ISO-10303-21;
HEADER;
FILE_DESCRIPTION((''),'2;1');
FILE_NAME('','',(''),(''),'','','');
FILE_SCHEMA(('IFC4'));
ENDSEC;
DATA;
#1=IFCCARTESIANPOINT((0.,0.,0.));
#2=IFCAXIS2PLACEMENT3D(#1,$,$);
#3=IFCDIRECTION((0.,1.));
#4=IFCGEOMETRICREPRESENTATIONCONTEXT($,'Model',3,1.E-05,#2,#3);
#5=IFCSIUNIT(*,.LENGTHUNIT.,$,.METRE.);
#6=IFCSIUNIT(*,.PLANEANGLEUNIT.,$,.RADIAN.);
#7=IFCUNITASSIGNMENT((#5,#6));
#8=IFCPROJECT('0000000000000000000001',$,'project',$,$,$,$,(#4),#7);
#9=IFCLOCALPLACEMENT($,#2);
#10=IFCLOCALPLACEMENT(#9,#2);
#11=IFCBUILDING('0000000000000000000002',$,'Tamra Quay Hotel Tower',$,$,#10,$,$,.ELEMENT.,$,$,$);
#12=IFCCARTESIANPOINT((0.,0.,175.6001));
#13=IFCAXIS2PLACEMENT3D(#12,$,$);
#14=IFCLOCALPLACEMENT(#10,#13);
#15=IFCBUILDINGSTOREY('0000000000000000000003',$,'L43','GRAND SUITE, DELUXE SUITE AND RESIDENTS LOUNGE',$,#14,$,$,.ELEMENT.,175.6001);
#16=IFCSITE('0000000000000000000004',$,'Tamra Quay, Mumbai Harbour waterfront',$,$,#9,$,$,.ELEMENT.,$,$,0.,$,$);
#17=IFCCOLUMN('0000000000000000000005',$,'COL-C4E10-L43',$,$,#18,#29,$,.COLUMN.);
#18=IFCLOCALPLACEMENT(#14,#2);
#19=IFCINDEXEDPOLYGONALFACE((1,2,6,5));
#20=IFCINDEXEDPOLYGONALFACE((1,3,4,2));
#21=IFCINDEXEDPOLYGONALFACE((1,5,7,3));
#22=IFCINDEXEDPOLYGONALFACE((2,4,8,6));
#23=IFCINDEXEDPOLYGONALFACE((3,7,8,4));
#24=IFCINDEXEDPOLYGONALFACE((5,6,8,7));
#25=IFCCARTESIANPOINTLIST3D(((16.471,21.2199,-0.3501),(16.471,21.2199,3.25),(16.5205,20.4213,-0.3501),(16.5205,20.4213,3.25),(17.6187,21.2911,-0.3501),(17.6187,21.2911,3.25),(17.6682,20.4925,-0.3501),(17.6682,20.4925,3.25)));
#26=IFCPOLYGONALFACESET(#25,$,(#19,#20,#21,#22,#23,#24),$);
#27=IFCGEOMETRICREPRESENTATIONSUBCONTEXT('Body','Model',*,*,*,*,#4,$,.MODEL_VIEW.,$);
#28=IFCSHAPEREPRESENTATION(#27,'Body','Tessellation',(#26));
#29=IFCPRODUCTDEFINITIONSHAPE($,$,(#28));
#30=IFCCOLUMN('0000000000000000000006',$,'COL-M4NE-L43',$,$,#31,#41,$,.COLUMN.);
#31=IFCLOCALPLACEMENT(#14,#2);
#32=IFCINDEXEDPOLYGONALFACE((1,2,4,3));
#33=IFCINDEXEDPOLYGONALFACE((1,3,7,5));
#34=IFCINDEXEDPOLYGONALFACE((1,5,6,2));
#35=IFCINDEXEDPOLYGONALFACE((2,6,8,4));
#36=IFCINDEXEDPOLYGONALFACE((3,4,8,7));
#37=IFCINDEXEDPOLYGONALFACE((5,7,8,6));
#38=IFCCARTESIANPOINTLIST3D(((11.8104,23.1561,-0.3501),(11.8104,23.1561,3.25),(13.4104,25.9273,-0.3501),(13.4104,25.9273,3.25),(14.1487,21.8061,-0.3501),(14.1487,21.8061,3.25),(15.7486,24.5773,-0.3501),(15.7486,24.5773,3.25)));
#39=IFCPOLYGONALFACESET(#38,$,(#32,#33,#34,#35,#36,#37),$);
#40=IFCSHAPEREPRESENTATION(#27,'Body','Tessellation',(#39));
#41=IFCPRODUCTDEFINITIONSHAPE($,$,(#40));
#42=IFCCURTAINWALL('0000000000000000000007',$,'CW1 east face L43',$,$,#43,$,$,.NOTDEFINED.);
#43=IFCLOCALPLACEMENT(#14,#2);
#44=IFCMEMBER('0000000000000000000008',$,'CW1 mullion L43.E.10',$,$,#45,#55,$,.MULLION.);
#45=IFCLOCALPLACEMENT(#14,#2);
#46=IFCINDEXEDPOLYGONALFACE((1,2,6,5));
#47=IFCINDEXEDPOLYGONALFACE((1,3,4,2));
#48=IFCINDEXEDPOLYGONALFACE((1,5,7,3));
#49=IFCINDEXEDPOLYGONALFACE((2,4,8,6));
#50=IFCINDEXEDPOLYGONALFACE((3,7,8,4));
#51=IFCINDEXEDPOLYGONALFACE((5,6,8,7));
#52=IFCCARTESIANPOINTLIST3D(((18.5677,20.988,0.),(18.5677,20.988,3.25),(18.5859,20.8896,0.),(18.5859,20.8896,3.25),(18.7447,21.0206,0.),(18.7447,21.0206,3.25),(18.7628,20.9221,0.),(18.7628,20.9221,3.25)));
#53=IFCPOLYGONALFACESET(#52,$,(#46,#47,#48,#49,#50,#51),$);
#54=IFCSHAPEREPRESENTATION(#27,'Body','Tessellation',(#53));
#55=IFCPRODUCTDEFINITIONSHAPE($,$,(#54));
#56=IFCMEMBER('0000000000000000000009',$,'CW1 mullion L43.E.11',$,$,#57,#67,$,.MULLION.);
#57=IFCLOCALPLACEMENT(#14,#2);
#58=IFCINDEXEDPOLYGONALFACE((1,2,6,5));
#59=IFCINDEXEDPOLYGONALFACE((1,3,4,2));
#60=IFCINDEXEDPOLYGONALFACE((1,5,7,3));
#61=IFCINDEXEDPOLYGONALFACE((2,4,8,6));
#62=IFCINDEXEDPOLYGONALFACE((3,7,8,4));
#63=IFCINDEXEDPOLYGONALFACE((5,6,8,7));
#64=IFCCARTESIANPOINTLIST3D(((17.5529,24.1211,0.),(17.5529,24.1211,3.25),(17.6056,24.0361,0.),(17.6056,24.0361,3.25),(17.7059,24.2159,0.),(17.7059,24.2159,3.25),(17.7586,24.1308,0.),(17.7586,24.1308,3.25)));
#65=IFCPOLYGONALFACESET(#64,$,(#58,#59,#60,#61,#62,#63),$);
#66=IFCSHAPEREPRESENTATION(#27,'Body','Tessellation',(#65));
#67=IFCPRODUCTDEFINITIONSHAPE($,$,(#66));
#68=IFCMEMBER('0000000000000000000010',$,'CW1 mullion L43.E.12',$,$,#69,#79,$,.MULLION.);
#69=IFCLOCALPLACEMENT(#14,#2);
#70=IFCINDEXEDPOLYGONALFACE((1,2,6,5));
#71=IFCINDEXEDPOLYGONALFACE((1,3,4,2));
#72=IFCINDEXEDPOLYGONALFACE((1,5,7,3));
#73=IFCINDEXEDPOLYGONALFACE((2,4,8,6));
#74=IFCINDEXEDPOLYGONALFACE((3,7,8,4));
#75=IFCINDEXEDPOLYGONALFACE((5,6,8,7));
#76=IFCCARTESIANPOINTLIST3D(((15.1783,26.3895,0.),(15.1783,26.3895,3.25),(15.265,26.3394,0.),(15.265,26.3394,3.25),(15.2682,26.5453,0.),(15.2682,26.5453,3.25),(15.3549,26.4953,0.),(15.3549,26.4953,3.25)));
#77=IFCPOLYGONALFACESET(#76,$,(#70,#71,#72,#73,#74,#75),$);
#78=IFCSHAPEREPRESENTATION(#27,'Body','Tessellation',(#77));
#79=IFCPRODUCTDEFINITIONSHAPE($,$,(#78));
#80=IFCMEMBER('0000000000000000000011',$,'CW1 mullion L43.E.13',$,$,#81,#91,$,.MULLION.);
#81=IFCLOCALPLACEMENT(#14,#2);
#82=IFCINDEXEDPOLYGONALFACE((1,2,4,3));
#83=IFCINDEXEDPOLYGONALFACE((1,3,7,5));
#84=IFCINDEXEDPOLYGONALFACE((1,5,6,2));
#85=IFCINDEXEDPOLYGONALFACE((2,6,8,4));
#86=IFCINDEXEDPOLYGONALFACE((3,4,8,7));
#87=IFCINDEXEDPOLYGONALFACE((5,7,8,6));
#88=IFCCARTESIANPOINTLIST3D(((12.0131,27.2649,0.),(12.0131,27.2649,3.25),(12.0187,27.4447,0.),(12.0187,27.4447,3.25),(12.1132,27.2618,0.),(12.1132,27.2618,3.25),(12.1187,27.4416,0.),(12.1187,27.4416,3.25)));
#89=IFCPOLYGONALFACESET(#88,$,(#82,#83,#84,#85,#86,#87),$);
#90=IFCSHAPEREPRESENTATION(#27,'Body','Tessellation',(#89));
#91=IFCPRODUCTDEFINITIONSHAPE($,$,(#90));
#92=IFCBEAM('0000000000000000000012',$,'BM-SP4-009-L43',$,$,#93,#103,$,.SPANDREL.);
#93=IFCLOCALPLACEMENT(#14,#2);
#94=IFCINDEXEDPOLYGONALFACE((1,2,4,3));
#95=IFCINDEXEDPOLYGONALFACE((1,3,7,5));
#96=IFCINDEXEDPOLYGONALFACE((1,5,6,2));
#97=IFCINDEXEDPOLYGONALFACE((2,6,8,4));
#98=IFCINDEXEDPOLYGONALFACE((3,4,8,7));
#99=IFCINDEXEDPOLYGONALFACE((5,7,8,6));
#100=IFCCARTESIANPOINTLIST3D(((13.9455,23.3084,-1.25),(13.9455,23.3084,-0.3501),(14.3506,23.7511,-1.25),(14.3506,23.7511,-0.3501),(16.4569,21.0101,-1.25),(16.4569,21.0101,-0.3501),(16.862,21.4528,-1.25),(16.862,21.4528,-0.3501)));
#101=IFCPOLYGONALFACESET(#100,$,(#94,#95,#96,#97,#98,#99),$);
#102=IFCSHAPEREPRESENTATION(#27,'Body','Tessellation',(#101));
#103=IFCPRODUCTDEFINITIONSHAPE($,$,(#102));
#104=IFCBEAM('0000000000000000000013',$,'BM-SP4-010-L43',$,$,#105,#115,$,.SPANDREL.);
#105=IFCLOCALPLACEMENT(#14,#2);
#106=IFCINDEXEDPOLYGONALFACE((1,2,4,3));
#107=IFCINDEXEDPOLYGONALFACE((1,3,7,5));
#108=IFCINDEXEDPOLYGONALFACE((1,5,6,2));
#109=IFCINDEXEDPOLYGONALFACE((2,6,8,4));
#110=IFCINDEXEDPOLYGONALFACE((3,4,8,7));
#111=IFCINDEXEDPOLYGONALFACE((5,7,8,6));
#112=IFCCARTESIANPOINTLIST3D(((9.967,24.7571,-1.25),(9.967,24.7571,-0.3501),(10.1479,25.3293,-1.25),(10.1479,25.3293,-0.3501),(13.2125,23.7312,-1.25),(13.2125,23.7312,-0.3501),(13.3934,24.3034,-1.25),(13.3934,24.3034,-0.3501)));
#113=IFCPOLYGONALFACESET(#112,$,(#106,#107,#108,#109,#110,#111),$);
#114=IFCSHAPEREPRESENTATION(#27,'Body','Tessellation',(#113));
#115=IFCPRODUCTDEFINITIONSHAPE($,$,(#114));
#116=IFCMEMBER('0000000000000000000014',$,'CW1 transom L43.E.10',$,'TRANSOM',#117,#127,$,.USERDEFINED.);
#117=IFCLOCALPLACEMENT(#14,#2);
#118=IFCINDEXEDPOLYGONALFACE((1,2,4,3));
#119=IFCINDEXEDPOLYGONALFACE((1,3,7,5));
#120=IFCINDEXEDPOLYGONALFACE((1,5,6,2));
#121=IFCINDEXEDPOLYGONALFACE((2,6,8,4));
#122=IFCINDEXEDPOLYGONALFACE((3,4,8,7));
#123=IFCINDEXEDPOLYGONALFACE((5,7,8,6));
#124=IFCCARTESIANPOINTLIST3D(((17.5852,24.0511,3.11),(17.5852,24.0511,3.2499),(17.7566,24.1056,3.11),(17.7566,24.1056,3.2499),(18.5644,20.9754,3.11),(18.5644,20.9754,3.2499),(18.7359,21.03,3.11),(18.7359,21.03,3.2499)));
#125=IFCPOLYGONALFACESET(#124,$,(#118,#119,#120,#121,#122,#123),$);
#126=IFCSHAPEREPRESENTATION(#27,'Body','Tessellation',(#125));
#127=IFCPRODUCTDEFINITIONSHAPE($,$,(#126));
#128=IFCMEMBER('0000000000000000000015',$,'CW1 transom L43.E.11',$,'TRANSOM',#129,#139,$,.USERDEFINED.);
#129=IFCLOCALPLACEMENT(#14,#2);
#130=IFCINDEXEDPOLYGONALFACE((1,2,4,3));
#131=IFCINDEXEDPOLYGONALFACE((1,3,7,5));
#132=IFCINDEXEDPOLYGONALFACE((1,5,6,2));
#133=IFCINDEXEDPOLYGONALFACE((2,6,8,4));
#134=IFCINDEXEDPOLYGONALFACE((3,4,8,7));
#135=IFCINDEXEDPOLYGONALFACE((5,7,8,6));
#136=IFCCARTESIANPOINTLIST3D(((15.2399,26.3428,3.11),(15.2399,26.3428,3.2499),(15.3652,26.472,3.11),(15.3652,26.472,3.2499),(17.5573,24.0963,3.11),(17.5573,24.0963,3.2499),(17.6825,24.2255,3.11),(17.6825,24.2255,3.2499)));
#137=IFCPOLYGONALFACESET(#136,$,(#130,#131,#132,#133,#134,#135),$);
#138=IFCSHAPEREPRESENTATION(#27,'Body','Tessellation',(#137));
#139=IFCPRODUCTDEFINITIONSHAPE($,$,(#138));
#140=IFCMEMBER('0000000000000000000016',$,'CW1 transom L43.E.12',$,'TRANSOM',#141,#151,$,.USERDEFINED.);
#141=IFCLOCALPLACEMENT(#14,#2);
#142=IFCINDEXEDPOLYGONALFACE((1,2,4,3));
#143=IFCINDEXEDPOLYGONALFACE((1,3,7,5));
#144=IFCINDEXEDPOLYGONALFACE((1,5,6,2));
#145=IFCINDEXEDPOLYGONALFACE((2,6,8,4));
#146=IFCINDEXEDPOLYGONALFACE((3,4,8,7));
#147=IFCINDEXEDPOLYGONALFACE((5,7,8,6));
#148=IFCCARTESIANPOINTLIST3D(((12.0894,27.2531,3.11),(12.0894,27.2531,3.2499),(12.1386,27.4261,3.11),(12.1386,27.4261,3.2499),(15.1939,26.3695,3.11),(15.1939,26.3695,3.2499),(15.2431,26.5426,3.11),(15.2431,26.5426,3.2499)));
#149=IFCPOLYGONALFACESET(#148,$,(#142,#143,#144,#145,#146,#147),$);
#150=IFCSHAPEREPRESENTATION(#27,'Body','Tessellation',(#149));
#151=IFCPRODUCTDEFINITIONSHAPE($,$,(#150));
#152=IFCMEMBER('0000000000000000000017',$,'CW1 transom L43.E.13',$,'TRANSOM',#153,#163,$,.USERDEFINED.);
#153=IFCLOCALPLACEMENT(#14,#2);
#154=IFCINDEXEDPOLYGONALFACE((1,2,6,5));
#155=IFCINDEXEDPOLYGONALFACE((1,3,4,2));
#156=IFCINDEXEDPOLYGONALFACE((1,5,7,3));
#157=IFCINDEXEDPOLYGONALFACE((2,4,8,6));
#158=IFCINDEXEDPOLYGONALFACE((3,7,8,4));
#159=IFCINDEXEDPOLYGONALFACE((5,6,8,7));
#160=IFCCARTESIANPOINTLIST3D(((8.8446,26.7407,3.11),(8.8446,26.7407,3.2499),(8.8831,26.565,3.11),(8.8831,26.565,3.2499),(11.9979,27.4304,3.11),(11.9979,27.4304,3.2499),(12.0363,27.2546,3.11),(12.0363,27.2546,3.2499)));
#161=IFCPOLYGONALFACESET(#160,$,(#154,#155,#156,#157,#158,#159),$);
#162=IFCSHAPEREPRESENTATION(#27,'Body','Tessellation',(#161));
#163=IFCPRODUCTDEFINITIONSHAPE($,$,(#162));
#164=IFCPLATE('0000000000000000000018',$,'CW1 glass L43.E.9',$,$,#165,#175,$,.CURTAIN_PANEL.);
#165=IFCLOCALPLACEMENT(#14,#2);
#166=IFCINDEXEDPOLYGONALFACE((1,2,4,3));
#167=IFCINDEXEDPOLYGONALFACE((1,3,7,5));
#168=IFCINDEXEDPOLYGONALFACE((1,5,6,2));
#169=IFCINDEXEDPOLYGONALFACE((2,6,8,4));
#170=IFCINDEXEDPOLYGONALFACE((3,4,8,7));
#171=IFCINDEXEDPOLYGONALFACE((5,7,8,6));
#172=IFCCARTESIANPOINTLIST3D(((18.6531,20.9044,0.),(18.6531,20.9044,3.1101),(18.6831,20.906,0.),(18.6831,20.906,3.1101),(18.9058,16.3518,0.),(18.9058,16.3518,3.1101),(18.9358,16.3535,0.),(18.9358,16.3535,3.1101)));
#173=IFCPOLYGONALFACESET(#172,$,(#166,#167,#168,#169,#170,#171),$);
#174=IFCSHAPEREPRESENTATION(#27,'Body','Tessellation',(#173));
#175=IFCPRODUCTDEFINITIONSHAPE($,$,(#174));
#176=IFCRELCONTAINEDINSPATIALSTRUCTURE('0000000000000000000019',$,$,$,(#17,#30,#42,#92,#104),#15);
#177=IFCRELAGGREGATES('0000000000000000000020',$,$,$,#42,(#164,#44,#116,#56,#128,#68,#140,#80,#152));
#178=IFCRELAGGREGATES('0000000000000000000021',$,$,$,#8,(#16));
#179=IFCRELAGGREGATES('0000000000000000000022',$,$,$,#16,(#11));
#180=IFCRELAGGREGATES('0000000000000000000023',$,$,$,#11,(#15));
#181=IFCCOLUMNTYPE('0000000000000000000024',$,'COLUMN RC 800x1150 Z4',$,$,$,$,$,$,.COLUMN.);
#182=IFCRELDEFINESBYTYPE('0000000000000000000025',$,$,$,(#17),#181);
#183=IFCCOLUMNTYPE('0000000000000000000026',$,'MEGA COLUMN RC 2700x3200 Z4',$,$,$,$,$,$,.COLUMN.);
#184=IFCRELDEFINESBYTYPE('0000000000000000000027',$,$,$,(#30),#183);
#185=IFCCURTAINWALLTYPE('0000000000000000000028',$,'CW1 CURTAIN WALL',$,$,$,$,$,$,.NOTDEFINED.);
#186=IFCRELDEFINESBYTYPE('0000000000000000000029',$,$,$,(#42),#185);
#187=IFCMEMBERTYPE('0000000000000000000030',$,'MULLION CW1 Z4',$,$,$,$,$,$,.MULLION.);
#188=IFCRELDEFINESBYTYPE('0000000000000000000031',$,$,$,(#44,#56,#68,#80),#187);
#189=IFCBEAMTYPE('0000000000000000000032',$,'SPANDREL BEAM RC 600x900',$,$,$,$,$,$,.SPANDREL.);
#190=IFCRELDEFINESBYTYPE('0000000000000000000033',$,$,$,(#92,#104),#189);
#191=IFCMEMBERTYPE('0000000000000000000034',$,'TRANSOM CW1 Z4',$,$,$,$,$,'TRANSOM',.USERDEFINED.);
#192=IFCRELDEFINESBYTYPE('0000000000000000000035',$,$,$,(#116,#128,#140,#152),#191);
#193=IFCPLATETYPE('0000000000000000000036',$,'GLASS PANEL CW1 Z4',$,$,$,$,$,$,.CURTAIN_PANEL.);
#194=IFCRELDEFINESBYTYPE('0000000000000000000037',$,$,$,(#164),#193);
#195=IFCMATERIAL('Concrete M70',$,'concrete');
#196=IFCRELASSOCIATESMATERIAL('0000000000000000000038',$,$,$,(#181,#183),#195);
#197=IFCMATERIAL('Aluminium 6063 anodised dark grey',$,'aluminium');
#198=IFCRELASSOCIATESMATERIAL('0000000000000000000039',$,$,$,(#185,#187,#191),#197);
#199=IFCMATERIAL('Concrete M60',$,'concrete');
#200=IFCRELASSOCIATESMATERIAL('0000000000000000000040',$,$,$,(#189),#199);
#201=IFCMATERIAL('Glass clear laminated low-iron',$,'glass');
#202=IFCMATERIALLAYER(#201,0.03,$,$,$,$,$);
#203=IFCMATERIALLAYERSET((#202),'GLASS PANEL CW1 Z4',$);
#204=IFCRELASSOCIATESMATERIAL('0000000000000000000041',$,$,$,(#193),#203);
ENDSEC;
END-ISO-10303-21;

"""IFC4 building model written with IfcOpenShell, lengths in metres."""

from ifc_helpers import new_model, si_unit, direction, frame, origin, origin_2d, place, context, subcontext, project, spatial, rectangle, extrude, material, layer, layer_set, material_profile, profile_set, type_object, element, aggregate, save


model = new_model("IFC4")

# Units and contexts
model_context = context("Model", 3, precision=1e-05, world=origin(), true_north=direction((0.0, 1.0)))
body_context = subcontext(model_context, "Body", "Model", "MODEL_VIEW")
ifc_project = project(units=[si_unit("LENGTHUNIT", "METRE"), si_unit("PLANEANGLEUNIT", "RADIAN")], contexts=[model_context])

# Site, building, storey
site_placement = place(None, origin())
site = spatial("IfcSite", under=ifc_project, at=site_placement, Name="Tamra Quay, Mumbai Harbour waterfront", CompositionType="ELEMENT", RefElevation=0.0)
building_placement = place(site_placement, origin())
building = spatial("IfcBuilding", under=site, at=building_placement, Name="Tamra Quay Hotel Tower", CompositionType="ELEMENT")
storey_placement = place(building_placement, frame((0.0, 0.0, 175.6001)))
storey = spatial("IfcBuildingStorey", under=building, at=storey_placement, Name="L43", Description="GRAND SUITE, DELUXE SUITE AND RESIDENTS LOUNGE", CompositionType="ELEMENT", Elevation=175.6001)

# Columns
ifc_material_1 = material(Name="Concrete M70", Category="concrete")
ifc_material_profile_1 = material_profile(ifc_material_1, rectangle(XDim=1.1499, YDim=0.8, at=origin_2d()), Name="COLUMN RC 800x1150 Z4")
ifc_profile_set_1 = profile_set([ifc_material_profile_1], Name="Concrete M70")
column_type_1 = type_object("IfcColumnType", Name="COLUMN RC 800x1150 Z4", PredefinedType="COLUMN", material=ifc_profile_set_1)
column_1_placement = place(storey_placement, frame((17.0696, 20.8562, -0.3501), z_axis=(0.0, 0.0, 1.0), x_axis=(0.998081, 0.061921, 0.0)))
element("IfcColumn", 1, at=column_1_placement, inside=storey, type_object=column_type_1, Name="COL-C4E10-L43", PredefinedType="COLUMN", context=body_context, shape_type="SweptSolid", body=[
    extrude(rectangle(XDim=1.1499, YDim=0.8, at=origin_2d()), origin(), (0.0, 0.0, 1.0), 3.6001),
])
ifc_material_profile_2 = material_profile(ifc_material_1, rectangle(XDim=3.2, YDim=2.7, at=origin_2d()), Name="MEGA COLUMN RC 2700x3200 Z4")
ifc_profile_set_2 = profile_set([ifc_material_profile_2], Name="Concrete M70")
column_type_2 = type_object("IfcColumnType", Name="MEGA COLUMN RC 2700x3200 Z4", PredefinedType="COLUMN", material=ifc_profile_set_2)
column_2_placement = place(storey_placement, frame((13.7795, 23.8667, -0.3501), z_axis=(0.0, 0.0, 1.0), x_axis=(0.5, 0.866025, 0.0)))
element("IfcColumn", 2, at=column_2_placement, inside=storey, type_object=column_type_2, Name="COL-M4NE-L43", PredefinedType="COLUMN", context=body_context, shape_type="SweptSolid", body=[
    extrude(rectangle(XDim=3.2, YDim=2.7, at=origin_2d()), origin(), (0.0, 0.0, 1.0), 3.6001),
])

# Curtain wall, members
ifc_material_2 = material(Name="Aluminium 6063 anodised dark grey", Category="aluminium")
curtain_wall_type = type_object("IfcCurtainWallType", Name="CW1 CURTAIN WALL", PredefinedType="NOTDEFINED", material=ifc_material_2)
curtain_wall_placement = place(storey_placement, origin())
curtain_wall = element("IfcCurtainWall", 3, at=curtain_wall_placement, inside=storey, type_object=curtain_wall_type, Name="CW1 east face L43", PredefinedType="NOTDEFINED")
ifc_material_profile_3 = material_profile(ifc_material_2, rectangle(XDim=0.1799, YDim=0.1001, at=origin_2d()), Name="MULLION 100X180")
ifc_profile_set_3 = profile_set([ifc_material_profile_3], Name="Aluminium 6063 anodised dark grey")
member_type_1 = type_object("IfcMemberType", Name="MULLION CW1 Z4", PredefinedType="MULLION", material=ifc_profile_set_3)
member_1_placement = place(storey_placement, frame((18.6653, 20.9551, 0.0), z_axis=(0.0, 0.0, 1.0), x_axis=(0.983509, 0.180857, 0.0)))
member_1 = element("IfcMember", 4, at=member_1_placement, type_object=member_type_1, Name="CW1 mullion L43.E.10", PredefinedType="MULLION", context=body_context, shape_type="SweptSolid", body=[
    extrude(rectangle(XDim=0.1799, YDim=0.1001, at=origin_2d()), origin(), (0.0, 0.0, 1.0), 3.25),
])
member_2_placement = place(storey_placement, frame((17.6558, 24.126, 0.0), z_axis=(0.0, 0.0, 1.0), x_axis=(0.850122, 0.526586, 0.0)))
member_2 = element("IfcMember", 5, at=member_2_placement, type_object=member_type_1, Name="CW1 mullion L43.E.11", PredefinedType="MULLION", context=body_context, shape_type="SweptSolid", body=[
    extrude(rectangle(XDim=0.1799, YDim=0.1001, at=origin_2d()), origin(), (0.0, 0.0, 1.0), 3.25),
])
member_3_placement = place(storey_placement, frame((15.2666, 26.4424, 0.0), z_axis=(0.0, 0.0, 1.0), x_axis=(0.5, 0.866025, 0.0)))
member_3 = element("IfcMember", 6, at=member_3_placement, type_object=member_type_1, Name="CW1 mullion L43.E.12", PredefinedType="MULLION", context=body_context, shape_type="SweptSolid", body=[
    extrude(rectangle(XDim=0.1799, YDim=0.1001, at=origin_2d()), origin(), (0.0, 0.0, 1.0), 3.25),
])
member_4_placement = place(storey_placement, frame((12.0659, 27.3533, 0.0), z_axis=(0.0, 0.0, 1.0), x_axis=(0.030975, 0.99952, 0.0)))
member_4 = element("IfcMember", 7, at=member_4_placement, type_object=member_type_1, Name="CW1 mullion L43.E.13", PredefinedType="MULLION", context=body_context, shape_type="SweptSolid", body=[
    extrude(rectangle(XDim=0.1799, YDim=0.1001, at=origin_2d()), origin(), (0.0, 0.0, 1.0), 3.25),
])

# Beams
ifc_material_3 = material(Name="Concrete M60", Category="concrete")
ifc_material_profile_4 = material_profile(ifc_material_3, rectangle(XDim=0.6001, YDim=0.8999, at=origin_2d()), Name="SPANDREL BEAM RC 600x900")
ifc_profile_set_4 = profile_set([ifc_material_profile_4], Name="Concrete M60")
beam_type = type_object("IfcBeamType", Name="SPANDREL BEAM RC 600x900", PredefinedType="SPANDREL", material=ifc_profile_set_4)
beam_1_placement = place(storey_placement, frame((16.6594, 21.2314, -0.8), z_axis=(-0.737716, 0.675111, 0.0), x_axis=(-0.675111, -0.737716, 0.0)))
element("IfcBeam", 8, at=beam_1_placement, inside=storey, type_object=beam_type, Name="BM-SP4-009-L43", PredefinedType="SPANDREL", context=body_context, shape_type="SweptSolid", body=[
    extrude(rectangle(XDim=0.6001, YDim=0.8999, at=origin_2d()), origin(), (0.0, 0.0, 1.0), 3.4043),
])
beam_2_placement = place(storey_placement, frame((13.303, 24.0173, -0.8), z_axis=(-0.953502, 0.301385, 0.0), x_axis=(-0.301385, -0.953502, 0.0)))
element("IfcBeam", 9, at=beam_2_placement, inside=storey, type_object=beam_type, Name="BM-SP4-010-L43", PredefinedType="SPANDREL", context=body_context, shape_type="SweptSolid", body=[
    extrude(rectangle(XDim=0.6001, YDim=0.8999, at=origin_2d()), origin(), (0.0, 0.0, 1.0), 3.4038),
])

# Members
ifc_material_profile_5 = material_profile(ifc_material_2, rectangle(XDim=0.1799, YDim=0.1399, at=origin_2d()), Name="TRANSOM 180X140")
ifc_profile_set_5 = profile_set([ifc_material_profile_5], Name="Aluminium 6063 anodised dark grey")
member_type_2 = type_object("IfcMemberType", Name="TRANSOM CW1 Z4", ElementType="TRANSOM", PredefinedType="USERDEFINED", material=ifc_profile_set_5)
member_5_placement = place(storey_placement, frame((18.6501, 21.0027, 3.1799), z_axis=(-0.303378, 0.95287, 0.0), x_axis=(-0.95287, -0.303378, 0.0)))
member_5 = element("IfcMember", 10, at=member_5_placement, type_object=member_type_2, Name="CW1 transom L43.E.10", ObjectType="TRANSOM", PredefinedType="USERDEFINED", context=body_context, shape_type="SweptSolid", body=[
    extrude(rectangle(XDim=0.1799, YDim=0.1399, at=origin_2d()), origin(), (0.0, 0.0, 1.0), 3.2278),
])
member_6_placement = place(storey_placement, frame((17.6199, 24.1609, 3.1799), z_axis=(-0.71799, 0.696054, 0.0), x_axis=(-0.696054, -0.71799, 0.0)))
member_6 = element("IfcMember", 11, at=member_6_placement, type_object=member_type_2, Name="CW1 transom L43.E.11", ObjectType="TRANSOM", PredefinedType="USERDEFINED", context=body_context, shape_type="SweptSolid", body=[
    extrude(rectangle(XDim=0.1799, YDim=0.1399, at=origin_2d()), origin(), (0.0, 0.0, 1.0), 3.2275),
])
member_7_placement = place(storey_placement, frame((15.2185, 26.4561, 3.1799), z_axis=(-0.961806, 0.273732, 0.0), x_axis=(-0.273732, -0.961806, 0.0)))
member_7 = element("IfcMember", 12, at=member_7_placement, type_object=member_type_2, Name="CW1 transom L43.E.12", ObjectType="TRANSOM", PredefinedType="USERDEFINED", context=body_context, shape_type="SweptSolid", body=[
    extrude(rectangle(XDim=0.1799, YDim=0.1399, at=origin_2d()), origin(), (0.0, 0.0, 1.0), 3.2278),
])
member_8_placement = place(storey_placement, frame((12.0171, 27.3425, 3.1799), z_axis=(-0.976906, -0.21367, 0.0), x_axis=(0.21367, -0.976906, 0.0)))
member_8 = element("IfcMember", 13, at=member_8_placement, type_object=member_type_2, Name="CW1 transom L43.E.13", ObjectType="TRANSOM", PredefinedType="USERDEFINED", context=body_context, shape_type="SweptSolid", body=[
    extrude(rectangle(XDim=0.1799, YDim=0.1399, at=origin_2d()), origin(), (0.0, 0.0, 1.0), 3.2278),
])

# Plate
ifc_material_4 = material(Name="Glass clear laminated low-iron", Category="glass")
ifc_layer_1 = layer(ifc_material_4, 0.03)
ifc_layer_set_1 = layer_set([ifc_layer_1], Name="GLASS PANEL CW1 Z4")
plate_type = type_object("IfcPlateType", Name="GLASS PANEL CW1 Z4", PredefinedType="CURTAIN_PANEL", material=ifc_layer_set_1)
plate_1_placement = place(storey_placement, frame((18.7944, 18.6289, 0.0), z_axis=(0.0, 0.0, 1.0), x_axis=(-0.055417, 0.998463, 0.0)))
plate_1 = element("IfcPlate", 14, at=plate_1_placement, type_object=plate_type, Name="CW1 glass L43.E.9", PredefinedType="CURTAIN_PANEL", context=body_context, shape_type="SweptSolid", body=[
    extrude(rectangle(XDim=4.5596, YDim=0.03, at=origin_2d()), origin(), (0.0, 0.0, 1.0), 3.1101),
])
aggregate(curtain_wall, [plate_1, member_1, member_5, member_2, member_6, member_3, member_7, member_4, member_8])

save(model, "model.ifc")
